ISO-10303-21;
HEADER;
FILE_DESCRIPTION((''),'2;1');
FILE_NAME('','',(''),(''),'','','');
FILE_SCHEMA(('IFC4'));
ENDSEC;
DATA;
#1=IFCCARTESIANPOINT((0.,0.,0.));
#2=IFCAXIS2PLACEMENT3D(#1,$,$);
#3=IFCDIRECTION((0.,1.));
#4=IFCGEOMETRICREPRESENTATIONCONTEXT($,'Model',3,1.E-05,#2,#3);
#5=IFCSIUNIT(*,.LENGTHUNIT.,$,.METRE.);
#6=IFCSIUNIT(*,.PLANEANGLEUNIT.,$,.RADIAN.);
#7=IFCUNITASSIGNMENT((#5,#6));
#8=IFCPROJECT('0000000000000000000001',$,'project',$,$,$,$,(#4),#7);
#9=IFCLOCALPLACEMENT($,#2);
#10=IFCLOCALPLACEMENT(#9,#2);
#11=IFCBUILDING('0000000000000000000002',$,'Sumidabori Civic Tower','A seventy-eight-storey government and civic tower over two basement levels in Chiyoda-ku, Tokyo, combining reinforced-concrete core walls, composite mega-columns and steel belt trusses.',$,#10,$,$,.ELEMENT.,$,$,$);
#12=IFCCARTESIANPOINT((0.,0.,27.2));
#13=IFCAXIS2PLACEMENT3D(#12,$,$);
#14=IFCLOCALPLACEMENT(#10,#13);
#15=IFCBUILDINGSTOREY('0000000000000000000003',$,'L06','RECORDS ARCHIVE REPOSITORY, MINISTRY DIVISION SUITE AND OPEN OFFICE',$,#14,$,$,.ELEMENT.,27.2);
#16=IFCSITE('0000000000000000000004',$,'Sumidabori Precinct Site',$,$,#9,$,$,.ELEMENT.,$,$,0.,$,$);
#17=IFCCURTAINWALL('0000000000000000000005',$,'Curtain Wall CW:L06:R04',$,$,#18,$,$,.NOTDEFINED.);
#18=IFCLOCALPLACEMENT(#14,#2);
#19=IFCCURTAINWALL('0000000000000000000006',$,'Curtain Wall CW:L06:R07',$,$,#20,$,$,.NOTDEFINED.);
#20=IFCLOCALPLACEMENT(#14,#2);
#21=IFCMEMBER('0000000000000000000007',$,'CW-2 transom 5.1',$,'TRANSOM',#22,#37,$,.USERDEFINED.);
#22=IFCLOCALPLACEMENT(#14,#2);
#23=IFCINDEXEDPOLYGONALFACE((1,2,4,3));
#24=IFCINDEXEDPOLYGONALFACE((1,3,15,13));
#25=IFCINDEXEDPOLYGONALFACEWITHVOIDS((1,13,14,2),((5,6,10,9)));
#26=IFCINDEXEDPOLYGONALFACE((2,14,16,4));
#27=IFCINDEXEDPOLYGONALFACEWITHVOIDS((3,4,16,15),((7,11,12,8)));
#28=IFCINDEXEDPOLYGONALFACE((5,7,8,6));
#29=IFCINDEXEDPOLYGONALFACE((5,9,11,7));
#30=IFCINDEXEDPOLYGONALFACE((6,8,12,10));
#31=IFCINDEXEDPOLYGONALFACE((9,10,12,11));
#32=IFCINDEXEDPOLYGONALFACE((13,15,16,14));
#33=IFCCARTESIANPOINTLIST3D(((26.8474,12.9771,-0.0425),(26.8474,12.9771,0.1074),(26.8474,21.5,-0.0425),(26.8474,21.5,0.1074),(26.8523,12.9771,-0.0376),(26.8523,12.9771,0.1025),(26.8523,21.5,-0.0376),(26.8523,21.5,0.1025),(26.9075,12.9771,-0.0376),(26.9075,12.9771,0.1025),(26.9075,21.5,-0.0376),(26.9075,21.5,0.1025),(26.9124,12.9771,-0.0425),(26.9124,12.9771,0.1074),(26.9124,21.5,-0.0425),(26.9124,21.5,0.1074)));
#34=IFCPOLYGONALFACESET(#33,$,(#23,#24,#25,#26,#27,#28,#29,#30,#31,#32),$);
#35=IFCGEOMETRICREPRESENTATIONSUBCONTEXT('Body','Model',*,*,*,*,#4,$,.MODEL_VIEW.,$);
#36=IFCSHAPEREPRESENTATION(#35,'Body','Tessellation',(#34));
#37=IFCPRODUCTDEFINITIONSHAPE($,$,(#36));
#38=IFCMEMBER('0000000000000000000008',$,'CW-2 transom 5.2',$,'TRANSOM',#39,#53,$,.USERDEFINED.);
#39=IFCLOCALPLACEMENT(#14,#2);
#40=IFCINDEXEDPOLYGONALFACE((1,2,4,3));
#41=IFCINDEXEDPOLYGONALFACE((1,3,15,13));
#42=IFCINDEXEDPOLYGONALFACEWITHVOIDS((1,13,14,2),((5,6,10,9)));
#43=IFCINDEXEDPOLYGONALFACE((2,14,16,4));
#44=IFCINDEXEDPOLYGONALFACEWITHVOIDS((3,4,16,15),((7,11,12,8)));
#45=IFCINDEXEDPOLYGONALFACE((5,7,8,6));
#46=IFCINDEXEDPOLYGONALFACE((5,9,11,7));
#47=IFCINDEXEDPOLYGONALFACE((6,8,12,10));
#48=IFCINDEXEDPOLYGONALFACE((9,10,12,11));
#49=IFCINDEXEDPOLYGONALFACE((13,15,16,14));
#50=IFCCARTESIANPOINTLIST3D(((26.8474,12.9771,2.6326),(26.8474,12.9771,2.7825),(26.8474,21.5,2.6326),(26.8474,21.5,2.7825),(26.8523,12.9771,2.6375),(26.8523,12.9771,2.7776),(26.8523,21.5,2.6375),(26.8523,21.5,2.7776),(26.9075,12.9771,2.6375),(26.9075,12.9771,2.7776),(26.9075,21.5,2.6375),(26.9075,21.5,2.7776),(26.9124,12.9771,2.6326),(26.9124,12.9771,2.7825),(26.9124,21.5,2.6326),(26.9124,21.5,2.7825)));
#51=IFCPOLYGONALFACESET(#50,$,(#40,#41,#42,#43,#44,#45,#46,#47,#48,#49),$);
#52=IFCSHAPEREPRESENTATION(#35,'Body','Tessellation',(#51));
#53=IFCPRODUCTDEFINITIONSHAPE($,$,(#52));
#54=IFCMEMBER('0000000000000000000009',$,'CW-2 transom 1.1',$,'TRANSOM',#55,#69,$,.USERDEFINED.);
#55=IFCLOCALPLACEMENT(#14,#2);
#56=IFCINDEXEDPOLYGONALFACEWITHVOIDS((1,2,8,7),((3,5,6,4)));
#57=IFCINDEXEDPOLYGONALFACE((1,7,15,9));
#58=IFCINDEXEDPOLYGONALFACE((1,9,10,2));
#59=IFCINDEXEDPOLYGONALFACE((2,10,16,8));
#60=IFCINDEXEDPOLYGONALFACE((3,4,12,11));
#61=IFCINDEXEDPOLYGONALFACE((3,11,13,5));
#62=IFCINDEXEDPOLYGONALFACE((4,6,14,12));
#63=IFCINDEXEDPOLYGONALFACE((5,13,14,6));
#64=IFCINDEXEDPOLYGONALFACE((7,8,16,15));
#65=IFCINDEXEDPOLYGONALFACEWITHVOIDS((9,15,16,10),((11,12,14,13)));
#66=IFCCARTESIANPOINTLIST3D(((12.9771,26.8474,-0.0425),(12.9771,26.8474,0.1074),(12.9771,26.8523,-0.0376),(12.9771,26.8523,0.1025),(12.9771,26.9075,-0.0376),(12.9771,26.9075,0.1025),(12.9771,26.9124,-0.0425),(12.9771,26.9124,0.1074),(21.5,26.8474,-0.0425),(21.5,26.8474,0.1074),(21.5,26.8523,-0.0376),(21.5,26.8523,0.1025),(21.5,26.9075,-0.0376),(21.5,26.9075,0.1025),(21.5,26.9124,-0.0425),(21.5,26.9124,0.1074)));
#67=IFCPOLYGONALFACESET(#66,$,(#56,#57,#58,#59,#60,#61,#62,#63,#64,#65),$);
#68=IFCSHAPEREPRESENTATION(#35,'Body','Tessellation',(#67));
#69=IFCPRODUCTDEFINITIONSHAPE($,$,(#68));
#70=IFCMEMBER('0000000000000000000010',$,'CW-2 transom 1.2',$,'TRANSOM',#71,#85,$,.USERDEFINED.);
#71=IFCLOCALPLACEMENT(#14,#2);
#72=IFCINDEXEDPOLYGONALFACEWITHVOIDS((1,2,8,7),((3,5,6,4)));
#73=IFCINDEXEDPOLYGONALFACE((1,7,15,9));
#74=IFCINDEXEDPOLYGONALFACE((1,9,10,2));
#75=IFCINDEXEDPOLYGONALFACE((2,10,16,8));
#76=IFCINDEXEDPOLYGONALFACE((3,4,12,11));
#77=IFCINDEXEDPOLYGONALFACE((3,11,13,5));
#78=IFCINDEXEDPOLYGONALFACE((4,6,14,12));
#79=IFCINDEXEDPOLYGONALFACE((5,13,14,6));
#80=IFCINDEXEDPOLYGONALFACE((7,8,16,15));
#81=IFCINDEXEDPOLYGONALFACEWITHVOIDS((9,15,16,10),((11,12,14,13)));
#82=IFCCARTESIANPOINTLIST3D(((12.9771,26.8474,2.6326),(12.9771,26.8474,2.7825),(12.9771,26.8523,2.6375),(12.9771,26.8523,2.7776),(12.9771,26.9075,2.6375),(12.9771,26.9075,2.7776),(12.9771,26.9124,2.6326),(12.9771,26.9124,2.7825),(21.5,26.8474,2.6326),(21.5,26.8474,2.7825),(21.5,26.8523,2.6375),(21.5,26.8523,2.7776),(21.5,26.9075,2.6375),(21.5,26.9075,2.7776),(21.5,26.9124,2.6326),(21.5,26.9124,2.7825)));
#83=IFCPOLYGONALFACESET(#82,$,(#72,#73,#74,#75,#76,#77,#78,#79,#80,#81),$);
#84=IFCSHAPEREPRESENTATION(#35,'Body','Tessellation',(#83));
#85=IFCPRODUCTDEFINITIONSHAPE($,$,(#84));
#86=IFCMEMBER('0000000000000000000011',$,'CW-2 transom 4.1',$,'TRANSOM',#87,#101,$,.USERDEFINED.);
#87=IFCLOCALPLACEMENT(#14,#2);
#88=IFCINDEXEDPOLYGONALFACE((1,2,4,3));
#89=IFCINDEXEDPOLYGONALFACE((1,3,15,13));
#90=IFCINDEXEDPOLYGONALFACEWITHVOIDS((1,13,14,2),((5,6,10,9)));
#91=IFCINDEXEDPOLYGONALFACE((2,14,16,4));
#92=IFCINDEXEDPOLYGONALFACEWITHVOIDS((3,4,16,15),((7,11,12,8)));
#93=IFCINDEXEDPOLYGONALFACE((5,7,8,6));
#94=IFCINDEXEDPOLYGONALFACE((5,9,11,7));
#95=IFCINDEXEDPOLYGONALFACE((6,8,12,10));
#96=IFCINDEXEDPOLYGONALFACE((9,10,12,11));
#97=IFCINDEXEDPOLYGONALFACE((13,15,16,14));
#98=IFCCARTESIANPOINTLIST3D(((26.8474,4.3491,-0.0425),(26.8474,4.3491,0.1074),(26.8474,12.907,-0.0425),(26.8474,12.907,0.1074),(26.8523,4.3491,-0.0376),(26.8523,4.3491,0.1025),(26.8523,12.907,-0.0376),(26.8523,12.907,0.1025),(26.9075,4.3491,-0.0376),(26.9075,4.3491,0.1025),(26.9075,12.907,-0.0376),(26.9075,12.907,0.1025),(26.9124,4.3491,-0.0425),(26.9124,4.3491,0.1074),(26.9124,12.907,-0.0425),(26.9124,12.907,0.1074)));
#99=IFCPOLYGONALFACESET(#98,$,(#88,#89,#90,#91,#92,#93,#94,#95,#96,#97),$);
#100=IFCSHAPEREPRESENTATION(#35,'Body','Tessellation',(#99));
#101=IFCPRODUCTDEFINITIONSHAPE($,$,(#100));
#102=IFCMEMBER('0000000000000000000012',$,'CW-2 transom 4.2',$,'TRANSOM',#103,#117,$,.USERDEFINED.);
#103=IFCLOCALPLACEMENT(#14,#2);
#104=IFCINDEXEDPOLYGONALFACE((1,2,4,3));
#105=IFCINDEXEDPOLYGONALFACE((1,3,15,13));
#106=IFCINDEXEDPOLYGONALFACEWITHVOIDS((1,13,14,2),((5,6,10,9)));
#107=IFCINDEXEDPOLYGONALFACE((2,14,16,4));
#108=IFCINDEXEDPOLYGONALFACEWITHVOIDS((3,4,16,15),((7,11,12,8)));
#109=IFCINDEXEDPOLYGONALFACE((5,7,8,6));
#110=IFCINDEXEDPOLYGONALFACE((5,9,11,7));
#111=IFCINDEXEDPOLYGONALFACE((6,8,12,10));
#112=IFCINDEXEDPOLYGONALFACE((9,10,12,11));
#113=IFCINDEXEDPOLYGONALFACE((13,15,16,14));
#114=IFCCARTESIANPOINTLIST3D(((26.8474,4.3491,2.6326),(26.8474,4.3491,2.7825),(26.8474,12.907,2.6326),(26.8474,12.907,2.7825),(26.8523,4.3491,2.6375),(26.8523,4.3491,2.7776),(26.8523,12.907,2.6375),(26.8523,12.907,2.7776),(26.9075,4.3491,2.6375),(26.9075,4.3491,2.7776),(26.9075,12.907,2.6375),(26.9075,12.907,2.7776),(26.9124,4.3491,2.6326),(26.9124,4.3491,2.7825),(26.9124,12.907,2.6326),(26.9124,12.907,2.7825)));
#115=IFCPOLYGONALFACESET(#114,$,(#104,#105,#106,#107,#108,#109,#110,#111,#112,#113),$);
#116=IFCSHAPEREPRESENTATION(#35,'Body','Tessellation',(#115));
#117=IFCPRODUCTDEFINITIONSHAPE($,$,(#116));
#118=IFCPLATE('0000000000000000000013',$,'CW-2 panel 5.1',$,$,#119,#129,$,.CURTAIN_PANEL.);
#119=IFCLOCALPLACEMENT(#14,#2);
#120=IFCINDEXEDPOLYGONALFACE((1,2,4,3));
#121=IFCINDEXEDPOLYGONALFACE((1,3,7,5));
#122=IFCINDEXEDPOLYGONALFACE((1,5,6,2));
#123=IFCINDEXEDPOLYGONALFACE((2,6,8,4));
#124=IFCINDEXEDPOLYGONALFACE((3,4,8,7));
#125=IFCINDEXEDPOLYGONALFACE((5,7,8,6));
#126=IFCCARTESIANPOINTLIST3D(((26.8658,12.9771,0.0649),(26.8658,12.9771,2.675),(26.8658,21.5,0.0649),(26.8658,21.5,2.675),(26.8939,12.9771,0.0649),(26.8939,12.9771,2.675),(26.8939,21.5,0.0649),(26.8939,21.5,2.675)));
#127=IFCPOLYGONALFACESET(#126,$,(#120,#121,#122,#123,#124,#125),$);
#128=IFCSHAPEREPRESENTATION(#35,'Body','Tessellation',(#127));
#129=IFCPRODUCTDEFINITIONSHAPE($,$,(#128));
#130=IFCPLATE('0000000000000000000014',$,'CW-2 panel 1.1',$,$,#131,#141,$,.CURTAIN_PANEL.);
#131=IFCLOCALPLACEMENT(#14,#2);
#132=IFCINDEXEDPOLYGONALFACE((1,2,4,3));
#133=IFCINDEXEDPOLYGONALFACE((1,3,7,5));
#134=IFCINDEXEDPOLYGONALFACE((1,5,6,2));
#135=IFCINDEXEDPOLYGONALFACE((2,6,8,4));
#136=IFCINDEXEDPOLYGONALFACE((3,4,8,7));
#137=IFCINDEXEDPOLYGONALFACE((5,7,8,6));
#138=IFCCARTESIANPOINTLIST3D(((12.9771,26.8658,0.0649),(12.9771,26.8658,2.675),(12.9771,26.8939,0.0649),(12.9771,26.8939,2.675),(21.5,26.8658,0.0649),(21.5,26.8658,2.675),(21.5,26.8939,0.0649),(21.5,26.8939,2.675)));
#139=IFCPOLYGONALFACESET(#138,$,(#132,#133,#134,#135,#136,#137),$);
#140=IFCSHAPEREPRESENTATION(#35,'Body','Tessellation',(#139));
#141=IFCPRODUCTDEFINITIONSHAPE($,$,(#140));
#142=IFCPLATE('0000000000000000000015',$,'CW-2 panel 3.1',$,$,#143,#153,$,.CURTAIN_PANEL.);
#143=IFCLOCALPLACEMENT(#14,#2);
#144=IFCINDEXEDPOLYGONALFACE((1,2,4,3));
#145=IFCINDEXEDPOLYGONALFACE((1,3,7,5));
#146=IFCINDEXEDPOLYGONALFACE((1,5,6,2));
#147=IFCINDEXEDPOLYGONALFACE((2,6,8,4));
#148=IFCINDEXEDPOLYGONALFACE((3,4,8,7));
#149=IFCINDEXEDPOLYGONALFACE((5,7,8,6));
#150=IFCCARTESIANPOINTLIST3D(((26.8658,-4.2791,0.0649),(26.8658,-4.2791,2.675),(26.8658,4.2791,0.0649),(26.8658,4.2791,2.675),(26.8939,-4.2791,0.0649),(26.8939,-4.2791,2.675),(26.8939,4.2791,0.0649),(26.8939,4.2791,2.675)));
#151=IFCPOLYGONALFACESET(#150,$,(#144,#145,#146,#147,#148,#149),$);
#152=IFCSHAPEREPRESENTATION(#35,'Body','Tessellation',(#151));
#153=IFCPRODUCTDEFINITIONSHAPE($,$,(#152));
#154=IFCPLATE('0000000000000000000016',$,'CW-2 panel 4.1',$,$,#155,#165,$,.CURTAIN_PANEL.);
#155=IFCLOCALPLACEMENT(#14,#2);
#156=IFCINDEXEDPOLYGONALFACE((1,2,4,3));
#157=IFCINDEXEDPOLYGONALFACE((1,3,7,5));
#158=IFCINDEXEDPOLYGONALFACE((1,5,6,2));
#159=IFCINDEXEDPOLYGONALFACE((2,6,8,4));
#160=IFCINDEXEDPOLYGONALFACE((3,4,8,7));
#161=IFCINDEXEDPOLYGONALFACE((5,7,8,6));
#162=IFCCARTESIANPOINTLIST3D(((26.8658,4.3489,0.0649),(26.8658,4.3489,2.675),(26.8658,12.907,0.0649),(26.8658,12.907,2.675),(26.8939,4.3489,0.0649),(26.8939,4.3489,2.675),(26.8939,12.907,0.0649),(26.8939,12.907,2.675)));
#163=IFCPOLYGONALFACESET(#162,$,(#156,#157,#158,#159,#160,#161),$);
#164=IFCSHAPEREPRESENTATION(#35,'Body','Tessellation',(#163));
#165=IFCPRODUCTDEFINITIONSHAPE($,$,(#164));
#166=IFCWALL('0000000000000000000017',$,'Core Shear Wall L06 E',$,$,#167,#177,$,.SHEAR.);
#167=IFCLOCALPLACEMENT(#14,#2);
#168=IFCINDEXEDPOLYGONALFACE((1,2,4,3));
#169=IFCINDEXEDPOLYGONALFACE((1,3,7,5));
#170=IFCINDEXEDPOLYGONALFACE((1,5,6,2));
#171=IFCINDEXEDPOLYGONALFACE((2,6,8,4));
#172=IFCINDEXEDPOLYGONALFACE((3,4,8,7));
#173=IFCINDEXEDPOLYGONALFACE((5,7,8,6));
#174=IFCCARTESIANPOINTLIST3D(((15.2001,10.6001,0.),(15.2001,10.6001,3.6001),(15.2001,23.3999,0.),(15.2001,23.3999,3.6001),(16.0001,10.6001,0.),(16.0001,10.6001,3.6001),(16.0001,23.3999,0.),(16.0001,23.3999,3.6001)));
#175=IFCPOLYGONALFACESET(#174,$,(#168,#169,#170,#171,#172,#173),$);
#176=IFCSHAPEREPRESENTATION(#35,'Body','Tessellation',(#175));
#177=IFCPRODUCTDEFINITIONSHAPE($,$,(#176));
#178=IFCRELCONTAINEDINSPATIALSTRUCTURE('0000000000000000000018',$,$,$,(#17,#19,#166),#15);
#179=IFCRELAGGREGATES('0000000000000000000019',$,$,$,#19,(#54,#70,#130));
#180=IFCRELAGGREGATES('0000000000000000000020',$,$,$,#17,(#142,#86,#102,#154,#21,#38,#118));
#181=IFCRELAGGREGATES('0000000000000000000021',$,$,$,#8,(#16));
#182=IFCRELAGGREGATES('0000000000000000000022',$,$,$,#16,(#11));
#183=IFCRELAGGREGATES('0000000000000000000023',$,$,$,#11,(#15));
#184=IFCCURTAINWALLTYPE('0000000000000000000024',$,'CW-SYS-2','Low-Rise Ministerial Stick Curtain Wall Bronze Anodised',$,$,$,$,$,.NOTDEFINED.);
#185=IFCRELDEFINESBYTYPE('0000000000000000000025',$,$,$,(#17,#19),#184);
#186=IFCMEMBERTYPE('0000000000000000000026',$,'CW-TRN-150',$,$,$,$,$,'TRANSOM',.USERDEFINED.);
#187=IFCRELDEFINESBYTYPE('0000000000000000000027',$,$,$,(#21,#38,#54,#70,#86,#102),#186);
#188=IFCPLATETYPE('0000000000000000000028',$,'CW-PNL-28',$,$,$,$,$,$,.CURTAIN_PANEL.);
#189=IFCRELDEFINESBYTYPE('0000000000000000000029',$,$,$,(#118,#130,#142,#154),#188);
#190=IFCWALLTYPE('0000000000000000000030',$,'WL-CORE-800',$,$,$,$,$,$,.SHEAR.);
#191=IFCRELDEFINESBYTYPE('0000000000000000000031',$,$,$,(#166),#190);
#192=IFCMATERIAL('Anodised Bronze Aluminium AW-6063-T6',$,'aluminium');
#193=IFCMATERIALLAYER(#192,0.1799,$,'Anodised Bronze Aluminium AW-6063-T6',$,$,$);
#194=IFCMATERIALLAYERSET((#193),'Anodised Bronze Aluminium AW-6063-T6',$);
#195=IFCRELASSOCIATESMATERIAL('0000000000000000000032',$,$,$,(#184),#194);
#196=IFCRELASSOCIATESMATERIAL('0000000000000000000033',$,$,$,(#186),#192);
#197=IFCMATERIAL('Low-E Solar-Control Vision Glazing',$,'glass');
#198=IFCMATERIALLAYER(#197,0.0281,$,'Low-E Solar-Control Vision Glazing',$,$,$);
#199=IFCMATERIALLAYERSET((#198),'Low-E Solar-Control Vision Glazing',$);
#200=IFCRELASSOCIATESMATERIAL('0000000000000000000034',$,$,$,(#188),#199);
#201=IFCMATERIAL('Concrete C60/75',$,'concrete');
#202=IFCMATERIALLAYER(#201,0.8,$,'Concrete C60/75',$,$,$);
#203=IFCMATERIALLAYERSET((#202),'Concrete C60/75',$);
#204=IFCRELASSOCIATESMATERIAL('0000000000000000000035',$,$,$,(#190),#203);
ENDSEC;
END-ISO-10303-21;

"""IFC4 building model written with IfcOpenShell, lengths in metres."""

from ifc_helpers import new_model, si_unit, direction, frame, frame_2d, origin, origin_2d, place, context, subcontext, project, spatial, rectangle, hollow_rectangle, extrude, source, transform, mapped, material, layer, layer_set, material_profile, profile_set, type_object, element, aggregate, save


model = new_model("IFC4")

# Units and contexts
model_context = context("Model", 3, precision=1e-05, world=origin(), true_north=direction((0.0, 1.0)))
body_context = subcontext(model_context, "Body", "Model", "MODEL_VIEW")
ifc_project = project(units=[si_unit("LENGTHUNIT", "METRE"), si_unit("PLANEANGLEUNIT", "RADIAN")], contexts=[model_context])

# Site, building, storey
site_placement = place(None, origin())
site = spatial("IfcSite", under=ifc_project, at=site_placement, Name="Sumidabori Precinct Site", CompositionType="ELEMENT", RefElevation=0.0)
building_placement = place(site_placement, origin())
building = spatial("IfcBuilding", under=site, at=building_placement, Name="Sumidabori Civic Tower", Description="A seventy-eight-storey government and civic tower over two basement levels in Chiyoda-ku, Tokyo, combining reinforced-concrete core walls, composite mega-columns and steel belt trusses.", CompositionType="ELEMENT")
storey_placement = place(building_placement, frame((0.0, 0.0, 27.2)))
storey = spatial("IfcBuildingStorey", under=building, at=storey_placement, Name="L06", Description="RECORDS ARCHIVE REPOSITORY, MINISTRY DIVISION SUITE AND OPEN OFFICE", CompositionType="ELEMENT", Elevation=27.2)

# Shared definitions
ifc_material_1 = material(Name="Concrete C60/75", Category="concrete")

# Curtain wall
ifc_material_2 = material(Name="Anodised Bronze Aluminium AW-6063-T6", Category="aluminium")
ifc_layer_1 = layer(ifc_material_2, 0.1799, Name="Anodised Bronze Aluminium AW-6063-T6")
ifc_layer_set_1 = layer_set([ifc_layer_1], Name="Anodised Bronze Aluminium AW-6063-T6")
curtain_wall_type = type_object("IfcCurtainWallType", Name="CW-SYS-2", Description="Low-Rise Ministerial Stick Curtain Wall Bronze Anodised", PredefinedType="NOTDEFINED", material=ifc_layer_set_1)
curtain_wall_1_placement = place(storey_placement, origin())
curtain_wall_1 = element("IfcCurtainWall", 1, at=curtain_wall_1_placement, inside=storey, type_object=curtain_wall_type, Name="Curtain Wall CW:L06:R04", PredefinedType="NOTDEFINED")

# Curtain wall
curtain_wall_2_placement = place(storey_placement, origin())
curtain_wall_2 = element("IfcCurtainWall", 2, at=curtain_wall_2_placement, inside=storey, type_object=curtain_wall_type, Name="Curtain Wall CW:L06:R07", PredefinedType="NOTDEFINED")

# Members
ifc_material_profile_1 = material_profile(ifc_material_2, hollow_rectangle(XDim=0.0649, YDim=0.1499, WallThickness=0.0049, at=origin_2d()), Name="ALU TRANSOM 150x65")
ifc_profile_set_1 = profile_set([ifc_material_profile_1], Name="Anodised Bronze Aluminium AW-6063-T6")
member_type_1 = type_object("IfcMemberType", Name="CW-TRN-150", ElementType="TRANSOM", PredefinedType="USERDEFINED", material=ifc_profile_set_1)
shared_shape_1 = source(origin(), body_context, "Body", "SweptSolid", [
    extrude(hollow_rectangle(XDim=0.0649, YDim=0.1499, WallThickness=0.0049, at=origin_2d()), origin(), (0.0, 0.0, 1.0), 8.5229),
])
member_1_placement = place(storey_placement, frame((26.8799, 12.9771, 0.0325), z_axis=(0.0, 1.0, 0.0), x_axis=(-1.0, 0.0, 0.0)))
member_1 = element("IfcMember", 3, at=member_1_placement, type_object=member_type_1, Name="CW-2 transom 5.1", ObjectType="TRANSOM", PredefinedType="USERDEFINED", context=body_context, shape_type="MappedRepresentation", body=[
    mapped(shared_shape_1, transform((0.0, 0.0, 0.0), x_axis=(1.0, 0.0, 0.0), y_axis=(0.0, 1.0, 0.0), z_axis=(0.0, 0.0, 1.0), scale=1.0)),
])
member_2_placement = place(storey_placement, frame((26.8799, 12.9771, 2.7075), z_axis=(0.0, 1.0, 0.0), x_axis=(-1.0, 0.0, 0.0)))
member_2 = element("IfcMember", 4, at=member_2_placement, type_object=member_type_1, Name="CW-2 transom 5.2", ObjectType="TRANSOM", PredefinedType="USERDEFINED", context=body_context, shape_type="MappedRepresentation", body=[
    mapped(shared_shape_1, transform((0.0, 0.0, 0.0), x_axis=(1.0, 0.0, 0.0), y_axis=(0.0, 1.0, 0.0), z_axis=(0.0, 0.0, 1.0), scale=1.0)),
])
member_3_placement = place(storey_placement, frame((21.5, 26.8799, 0.0325), z_axis=(-1.0, 0.0, 0.0), x_axis=(0.0, -1.0, 0.0)))
member_3 = element("IfcMember", 5, at=member_3_placement, type_object=member_type_1, Name="CW-2 transom 1.1", ObjectType="TRANSOM", PredefinedType="USERDEFINED", context=body_context, shape_type="MappedRepresentation", body=[
    mapped(shared_shape_1, transform((0.0, 0.0, 0.0), x_axis=(1.0, 0.0, 0.0), y_axis=(0.0, 1.0, 0.0), z_axis=(0.0, 0.0, 1.0), scale=1.0)),
])
member_4_placement = place(storey_placement, frame((21.5, 26.8799, 2.7075), z_axis=(-1.0, 0.0, 0.0), x_axis=(0.0, -1.0, 0.0)))
member_4 = element("IfcMember", 6, at=member_4_placement, type_object=member_type_1, Name="CW-2 transom 1.2", ObjectType="TRANSOM", PredefinedType="USERDEFINED", context=body_context, shape_type="MappedRepresentation", body=[
    mapped(shared_shape_1, transform((0.0, 0.0, 0.0), x_axis=(1.0, 0.0, 0.0), y_axis=(0.0, 1.0, 0.0), z_axis=(0.0, 0.0, 1.0), scale=1.0)),
])
shared_shape_2 = source(origin(), body_context, "Body", "SweptSolid", [
    extrude(hollow_rectangle(XDim=0.0649, YDim=0.1499, WallThickness=0.0049, at=origin_2d()), origin(), (0.0, 0.0, 1.0), 8.5579),
])
member_5_placement = place(storey_placement, frame((26.8799, 4.3491, 0.0325), z_axis=(0.0, 1.0, 0.0), x_axis=(-1.0, 0.0, 0.0)))
member_5 = element("IfcMember", 7, at=member_5_placement, type_object=member_type_1, Name="CW-2 transom 4.1", ObjectType="TRANSOM", PredefinedType="USERDEFINED", context=body_context, shape_type="MappedRepresentation", body=[
    mapped(shared_shape_2, transform((0.0, 0.0, 0.0), x_axis=(1.0, 0.0, 0.0), y_axis=(0.0, 1.0, 0.0), z_axis=(0.0, 0.0, 1.0), scale=1.0)),
])
member_6_placement = place(storey_placement, frame((26.8799, 4.3491, 2.7075), z_axis=(0.0, 1.0, 0.0), x_axis=(-1.0, 0.0, 0.0)))
member_6 = element("IfcMember", 8, at=member_6_placement, type_object=member_type_1, Name="CW-2 transom 4.2", ObjectType="TRANSOM", PredefinedType="USERDEFINED", context=body_context, shape_type="MappedRepresentation", body=[
    mapped(shared_shape_2, transform((0.0, 0.0, 0.0), x_axis=(1.0, 0.0, 0.0), y_axis=(0.0, 1.0, 0.0), z_axis=(0.0, 0.0, 1.0), scale=1.0)),
])

# Plates
ifc_material_3 = material(Name="Low-E Solar-Control Vision Glazing", Category="glass")
ifc_layer_2 = layer(ifc_material_3, 0.0281, Name="Low-E Solar-Control Vision Glazing")
ifc_layer_set_2 = layer_set([ifc_layer_2], Name="Low-E Solar-Control Vision Glazing")
plate_type = type_object("IfcPlateType", Name="CW-PNL-28", PredefinedType="CURTAIN_PANEL", material=ifc_layer_set_2)
shared_shape_3 = source(origin(), body_context, "Body", "SweptSolid", [
    extrude(rectangle(XDim=8.5229, YDim=0.0281, at=origin_2d()), origin(), (0.0, 0.0, 1.0), 2.6101),
])
plate_1_placement = place(storey_placement, frame((26.8799, 17.2385, 0.0649), z_axis=(0.0, 0.0, 1.0), x_axis=(0.0, 1.0, 0.0)))
plate_1 = element("IfcPlate", 9, at=plate_1_placement, type_object=plate_type, Name="CW-2 panel 5.1", PredefinedType="CURTAIN_PANEL", context=body_context, shape_type="MappedRepresentation", body=[
    mapped(shared_shape_3, transform((0.0, 0.0, 0.0), x_axis=(1.0, 0.0, 0.0), y_axis=(0.0, 1.0, 0.0), z_axis=(0.0, 0.0, 1.0), scale=1.0)),
])
plate_2_placement = place(storey_placement, frame((17.2385, 26.8799, 0.0649), z_axis=(0.0, 0.0, 1.0), x_axis=(-1.0, 0.0, 0.0)))
plate_2 = element("IfcPlate", 10, at=plate_2_placement, type_object=plate_type, Name="CW-2 panel 1.1", PredefinedType="CURTAIN_PANEL", context=body_context, shape_type="MappedRepresentation", body=[
    mapped(shared_shape_3, transform((0.0, 0.0, 0.0), x_axis=(1.0, 0.0, 0.0), y_axis=(0.0, 1.0, 0.0), z_axis=(0.0, 0.0, 1.0), scale=1.0)),
])
aggregate(curtain_wall_2, [member_3, member_4, plate_2])
shared_shape_4 = source(origin(), body_context, "Body", "SweptSolid", [
    extrude(rectangle(XDim=8.5581, YDim=0.0281, at=origin_2d()), origin(), (0.0, 0.0, 1.0), 2.6101),
])
plate_3_placement = place(storey_placement, frame((26.8799, 0.0, 0.0649), z_axis=(0.0, 0.0, 1.0), x_axis=(0.0, 1.0, 0.0)))
plate_3 = element("IfcPlate", 11, at=plate_3_placement, type_object=plate_type, Name="CW-2 panel 3.1", PredefinedType="CURTAIN_PANEL", context=body_context, shape_type="MappedRepresentation", body=[
    mapped(shared_shape_4, transform((0.0, 0.0, 0.0), x_axis=(1.0, 0.0, 0.0), y_axis=(0.0, 1.0, 0.0), z_axis=(0.0, 0.0, 1.0), scale=1.0)),
])
plate_4_placement = place(storey_placement, frame((26.8799, 8.6279, 0.0649), z_axis=(0.0, 0.0, 1.0), x_axis=(0.0, 1.0, 0.0)))
plate_4 = element("IfcPlate", 12, at=plate_4_placement, type_object=plate_type, Name="CW-2 panel 4.1", PredefinedType="CURTAIN_PANEL", context=body_context, shape_type="MappedRepresentation", body=[
    mapped(shared_shape_4, transform((0.0, 0.0, 0.0), x_axis=(1.0, 0.0, 0.0), y_axis=(0.0, 1.0, 0.0), z_axis=(0.0, 0.0, 1.0), scale=1.0)),
])
aggregate(curtain_wall_1, [plate_3, member_5, member_6, plate_4, member_1, member_2, plate_1])

# Wall
ifc_layer_3 = layer(ifc_material_1, 0.8, Name="Concrete C60/75")
ifc_layer_set_3 = layer_set([ifc_layer_3], Name="Concrete C60/75")
wall_type_1 = type_object("IfcWallType", Name="WL-CORE-800", PredefinedType="SHEAR", material=ifc_layer_set_3)
shared_shape_5 = source(origin(), body_context, "Body", "SweptSolid", [
    extrude(rectangle(XDim=12.7998, YDim=0.8, at=frame_2d((6.3999, 0.0))), origin(), (0.0, 0.0, 1.0), 3.6001),
])
wall_1_placement = place(storey_placement, frame((15.6001, 10.6001, 0.0), z_axis=(0.0, 0.0, 1.0), x_axis=(0.0, 1.0, 0.0)))
element("IfcWall", 13, at=wall_1_placement, inside=storey, type_object=wall_type_1, Name="Core Shear Wall L06 E", PredefinedType="SHEAR", context=body_context, shape_type="MappedRepresentation", body=[
    mapped(shared_shape_5, transform((0.0, 0.0, 0.0), x_axis=(1.0, 0.0, 0.0), y_axis=(0.0, 1.0, 0.0), z_axis=(0.0, 0.0, 1.0), scale=1.0)),
])

save(model, "model.ifc")
